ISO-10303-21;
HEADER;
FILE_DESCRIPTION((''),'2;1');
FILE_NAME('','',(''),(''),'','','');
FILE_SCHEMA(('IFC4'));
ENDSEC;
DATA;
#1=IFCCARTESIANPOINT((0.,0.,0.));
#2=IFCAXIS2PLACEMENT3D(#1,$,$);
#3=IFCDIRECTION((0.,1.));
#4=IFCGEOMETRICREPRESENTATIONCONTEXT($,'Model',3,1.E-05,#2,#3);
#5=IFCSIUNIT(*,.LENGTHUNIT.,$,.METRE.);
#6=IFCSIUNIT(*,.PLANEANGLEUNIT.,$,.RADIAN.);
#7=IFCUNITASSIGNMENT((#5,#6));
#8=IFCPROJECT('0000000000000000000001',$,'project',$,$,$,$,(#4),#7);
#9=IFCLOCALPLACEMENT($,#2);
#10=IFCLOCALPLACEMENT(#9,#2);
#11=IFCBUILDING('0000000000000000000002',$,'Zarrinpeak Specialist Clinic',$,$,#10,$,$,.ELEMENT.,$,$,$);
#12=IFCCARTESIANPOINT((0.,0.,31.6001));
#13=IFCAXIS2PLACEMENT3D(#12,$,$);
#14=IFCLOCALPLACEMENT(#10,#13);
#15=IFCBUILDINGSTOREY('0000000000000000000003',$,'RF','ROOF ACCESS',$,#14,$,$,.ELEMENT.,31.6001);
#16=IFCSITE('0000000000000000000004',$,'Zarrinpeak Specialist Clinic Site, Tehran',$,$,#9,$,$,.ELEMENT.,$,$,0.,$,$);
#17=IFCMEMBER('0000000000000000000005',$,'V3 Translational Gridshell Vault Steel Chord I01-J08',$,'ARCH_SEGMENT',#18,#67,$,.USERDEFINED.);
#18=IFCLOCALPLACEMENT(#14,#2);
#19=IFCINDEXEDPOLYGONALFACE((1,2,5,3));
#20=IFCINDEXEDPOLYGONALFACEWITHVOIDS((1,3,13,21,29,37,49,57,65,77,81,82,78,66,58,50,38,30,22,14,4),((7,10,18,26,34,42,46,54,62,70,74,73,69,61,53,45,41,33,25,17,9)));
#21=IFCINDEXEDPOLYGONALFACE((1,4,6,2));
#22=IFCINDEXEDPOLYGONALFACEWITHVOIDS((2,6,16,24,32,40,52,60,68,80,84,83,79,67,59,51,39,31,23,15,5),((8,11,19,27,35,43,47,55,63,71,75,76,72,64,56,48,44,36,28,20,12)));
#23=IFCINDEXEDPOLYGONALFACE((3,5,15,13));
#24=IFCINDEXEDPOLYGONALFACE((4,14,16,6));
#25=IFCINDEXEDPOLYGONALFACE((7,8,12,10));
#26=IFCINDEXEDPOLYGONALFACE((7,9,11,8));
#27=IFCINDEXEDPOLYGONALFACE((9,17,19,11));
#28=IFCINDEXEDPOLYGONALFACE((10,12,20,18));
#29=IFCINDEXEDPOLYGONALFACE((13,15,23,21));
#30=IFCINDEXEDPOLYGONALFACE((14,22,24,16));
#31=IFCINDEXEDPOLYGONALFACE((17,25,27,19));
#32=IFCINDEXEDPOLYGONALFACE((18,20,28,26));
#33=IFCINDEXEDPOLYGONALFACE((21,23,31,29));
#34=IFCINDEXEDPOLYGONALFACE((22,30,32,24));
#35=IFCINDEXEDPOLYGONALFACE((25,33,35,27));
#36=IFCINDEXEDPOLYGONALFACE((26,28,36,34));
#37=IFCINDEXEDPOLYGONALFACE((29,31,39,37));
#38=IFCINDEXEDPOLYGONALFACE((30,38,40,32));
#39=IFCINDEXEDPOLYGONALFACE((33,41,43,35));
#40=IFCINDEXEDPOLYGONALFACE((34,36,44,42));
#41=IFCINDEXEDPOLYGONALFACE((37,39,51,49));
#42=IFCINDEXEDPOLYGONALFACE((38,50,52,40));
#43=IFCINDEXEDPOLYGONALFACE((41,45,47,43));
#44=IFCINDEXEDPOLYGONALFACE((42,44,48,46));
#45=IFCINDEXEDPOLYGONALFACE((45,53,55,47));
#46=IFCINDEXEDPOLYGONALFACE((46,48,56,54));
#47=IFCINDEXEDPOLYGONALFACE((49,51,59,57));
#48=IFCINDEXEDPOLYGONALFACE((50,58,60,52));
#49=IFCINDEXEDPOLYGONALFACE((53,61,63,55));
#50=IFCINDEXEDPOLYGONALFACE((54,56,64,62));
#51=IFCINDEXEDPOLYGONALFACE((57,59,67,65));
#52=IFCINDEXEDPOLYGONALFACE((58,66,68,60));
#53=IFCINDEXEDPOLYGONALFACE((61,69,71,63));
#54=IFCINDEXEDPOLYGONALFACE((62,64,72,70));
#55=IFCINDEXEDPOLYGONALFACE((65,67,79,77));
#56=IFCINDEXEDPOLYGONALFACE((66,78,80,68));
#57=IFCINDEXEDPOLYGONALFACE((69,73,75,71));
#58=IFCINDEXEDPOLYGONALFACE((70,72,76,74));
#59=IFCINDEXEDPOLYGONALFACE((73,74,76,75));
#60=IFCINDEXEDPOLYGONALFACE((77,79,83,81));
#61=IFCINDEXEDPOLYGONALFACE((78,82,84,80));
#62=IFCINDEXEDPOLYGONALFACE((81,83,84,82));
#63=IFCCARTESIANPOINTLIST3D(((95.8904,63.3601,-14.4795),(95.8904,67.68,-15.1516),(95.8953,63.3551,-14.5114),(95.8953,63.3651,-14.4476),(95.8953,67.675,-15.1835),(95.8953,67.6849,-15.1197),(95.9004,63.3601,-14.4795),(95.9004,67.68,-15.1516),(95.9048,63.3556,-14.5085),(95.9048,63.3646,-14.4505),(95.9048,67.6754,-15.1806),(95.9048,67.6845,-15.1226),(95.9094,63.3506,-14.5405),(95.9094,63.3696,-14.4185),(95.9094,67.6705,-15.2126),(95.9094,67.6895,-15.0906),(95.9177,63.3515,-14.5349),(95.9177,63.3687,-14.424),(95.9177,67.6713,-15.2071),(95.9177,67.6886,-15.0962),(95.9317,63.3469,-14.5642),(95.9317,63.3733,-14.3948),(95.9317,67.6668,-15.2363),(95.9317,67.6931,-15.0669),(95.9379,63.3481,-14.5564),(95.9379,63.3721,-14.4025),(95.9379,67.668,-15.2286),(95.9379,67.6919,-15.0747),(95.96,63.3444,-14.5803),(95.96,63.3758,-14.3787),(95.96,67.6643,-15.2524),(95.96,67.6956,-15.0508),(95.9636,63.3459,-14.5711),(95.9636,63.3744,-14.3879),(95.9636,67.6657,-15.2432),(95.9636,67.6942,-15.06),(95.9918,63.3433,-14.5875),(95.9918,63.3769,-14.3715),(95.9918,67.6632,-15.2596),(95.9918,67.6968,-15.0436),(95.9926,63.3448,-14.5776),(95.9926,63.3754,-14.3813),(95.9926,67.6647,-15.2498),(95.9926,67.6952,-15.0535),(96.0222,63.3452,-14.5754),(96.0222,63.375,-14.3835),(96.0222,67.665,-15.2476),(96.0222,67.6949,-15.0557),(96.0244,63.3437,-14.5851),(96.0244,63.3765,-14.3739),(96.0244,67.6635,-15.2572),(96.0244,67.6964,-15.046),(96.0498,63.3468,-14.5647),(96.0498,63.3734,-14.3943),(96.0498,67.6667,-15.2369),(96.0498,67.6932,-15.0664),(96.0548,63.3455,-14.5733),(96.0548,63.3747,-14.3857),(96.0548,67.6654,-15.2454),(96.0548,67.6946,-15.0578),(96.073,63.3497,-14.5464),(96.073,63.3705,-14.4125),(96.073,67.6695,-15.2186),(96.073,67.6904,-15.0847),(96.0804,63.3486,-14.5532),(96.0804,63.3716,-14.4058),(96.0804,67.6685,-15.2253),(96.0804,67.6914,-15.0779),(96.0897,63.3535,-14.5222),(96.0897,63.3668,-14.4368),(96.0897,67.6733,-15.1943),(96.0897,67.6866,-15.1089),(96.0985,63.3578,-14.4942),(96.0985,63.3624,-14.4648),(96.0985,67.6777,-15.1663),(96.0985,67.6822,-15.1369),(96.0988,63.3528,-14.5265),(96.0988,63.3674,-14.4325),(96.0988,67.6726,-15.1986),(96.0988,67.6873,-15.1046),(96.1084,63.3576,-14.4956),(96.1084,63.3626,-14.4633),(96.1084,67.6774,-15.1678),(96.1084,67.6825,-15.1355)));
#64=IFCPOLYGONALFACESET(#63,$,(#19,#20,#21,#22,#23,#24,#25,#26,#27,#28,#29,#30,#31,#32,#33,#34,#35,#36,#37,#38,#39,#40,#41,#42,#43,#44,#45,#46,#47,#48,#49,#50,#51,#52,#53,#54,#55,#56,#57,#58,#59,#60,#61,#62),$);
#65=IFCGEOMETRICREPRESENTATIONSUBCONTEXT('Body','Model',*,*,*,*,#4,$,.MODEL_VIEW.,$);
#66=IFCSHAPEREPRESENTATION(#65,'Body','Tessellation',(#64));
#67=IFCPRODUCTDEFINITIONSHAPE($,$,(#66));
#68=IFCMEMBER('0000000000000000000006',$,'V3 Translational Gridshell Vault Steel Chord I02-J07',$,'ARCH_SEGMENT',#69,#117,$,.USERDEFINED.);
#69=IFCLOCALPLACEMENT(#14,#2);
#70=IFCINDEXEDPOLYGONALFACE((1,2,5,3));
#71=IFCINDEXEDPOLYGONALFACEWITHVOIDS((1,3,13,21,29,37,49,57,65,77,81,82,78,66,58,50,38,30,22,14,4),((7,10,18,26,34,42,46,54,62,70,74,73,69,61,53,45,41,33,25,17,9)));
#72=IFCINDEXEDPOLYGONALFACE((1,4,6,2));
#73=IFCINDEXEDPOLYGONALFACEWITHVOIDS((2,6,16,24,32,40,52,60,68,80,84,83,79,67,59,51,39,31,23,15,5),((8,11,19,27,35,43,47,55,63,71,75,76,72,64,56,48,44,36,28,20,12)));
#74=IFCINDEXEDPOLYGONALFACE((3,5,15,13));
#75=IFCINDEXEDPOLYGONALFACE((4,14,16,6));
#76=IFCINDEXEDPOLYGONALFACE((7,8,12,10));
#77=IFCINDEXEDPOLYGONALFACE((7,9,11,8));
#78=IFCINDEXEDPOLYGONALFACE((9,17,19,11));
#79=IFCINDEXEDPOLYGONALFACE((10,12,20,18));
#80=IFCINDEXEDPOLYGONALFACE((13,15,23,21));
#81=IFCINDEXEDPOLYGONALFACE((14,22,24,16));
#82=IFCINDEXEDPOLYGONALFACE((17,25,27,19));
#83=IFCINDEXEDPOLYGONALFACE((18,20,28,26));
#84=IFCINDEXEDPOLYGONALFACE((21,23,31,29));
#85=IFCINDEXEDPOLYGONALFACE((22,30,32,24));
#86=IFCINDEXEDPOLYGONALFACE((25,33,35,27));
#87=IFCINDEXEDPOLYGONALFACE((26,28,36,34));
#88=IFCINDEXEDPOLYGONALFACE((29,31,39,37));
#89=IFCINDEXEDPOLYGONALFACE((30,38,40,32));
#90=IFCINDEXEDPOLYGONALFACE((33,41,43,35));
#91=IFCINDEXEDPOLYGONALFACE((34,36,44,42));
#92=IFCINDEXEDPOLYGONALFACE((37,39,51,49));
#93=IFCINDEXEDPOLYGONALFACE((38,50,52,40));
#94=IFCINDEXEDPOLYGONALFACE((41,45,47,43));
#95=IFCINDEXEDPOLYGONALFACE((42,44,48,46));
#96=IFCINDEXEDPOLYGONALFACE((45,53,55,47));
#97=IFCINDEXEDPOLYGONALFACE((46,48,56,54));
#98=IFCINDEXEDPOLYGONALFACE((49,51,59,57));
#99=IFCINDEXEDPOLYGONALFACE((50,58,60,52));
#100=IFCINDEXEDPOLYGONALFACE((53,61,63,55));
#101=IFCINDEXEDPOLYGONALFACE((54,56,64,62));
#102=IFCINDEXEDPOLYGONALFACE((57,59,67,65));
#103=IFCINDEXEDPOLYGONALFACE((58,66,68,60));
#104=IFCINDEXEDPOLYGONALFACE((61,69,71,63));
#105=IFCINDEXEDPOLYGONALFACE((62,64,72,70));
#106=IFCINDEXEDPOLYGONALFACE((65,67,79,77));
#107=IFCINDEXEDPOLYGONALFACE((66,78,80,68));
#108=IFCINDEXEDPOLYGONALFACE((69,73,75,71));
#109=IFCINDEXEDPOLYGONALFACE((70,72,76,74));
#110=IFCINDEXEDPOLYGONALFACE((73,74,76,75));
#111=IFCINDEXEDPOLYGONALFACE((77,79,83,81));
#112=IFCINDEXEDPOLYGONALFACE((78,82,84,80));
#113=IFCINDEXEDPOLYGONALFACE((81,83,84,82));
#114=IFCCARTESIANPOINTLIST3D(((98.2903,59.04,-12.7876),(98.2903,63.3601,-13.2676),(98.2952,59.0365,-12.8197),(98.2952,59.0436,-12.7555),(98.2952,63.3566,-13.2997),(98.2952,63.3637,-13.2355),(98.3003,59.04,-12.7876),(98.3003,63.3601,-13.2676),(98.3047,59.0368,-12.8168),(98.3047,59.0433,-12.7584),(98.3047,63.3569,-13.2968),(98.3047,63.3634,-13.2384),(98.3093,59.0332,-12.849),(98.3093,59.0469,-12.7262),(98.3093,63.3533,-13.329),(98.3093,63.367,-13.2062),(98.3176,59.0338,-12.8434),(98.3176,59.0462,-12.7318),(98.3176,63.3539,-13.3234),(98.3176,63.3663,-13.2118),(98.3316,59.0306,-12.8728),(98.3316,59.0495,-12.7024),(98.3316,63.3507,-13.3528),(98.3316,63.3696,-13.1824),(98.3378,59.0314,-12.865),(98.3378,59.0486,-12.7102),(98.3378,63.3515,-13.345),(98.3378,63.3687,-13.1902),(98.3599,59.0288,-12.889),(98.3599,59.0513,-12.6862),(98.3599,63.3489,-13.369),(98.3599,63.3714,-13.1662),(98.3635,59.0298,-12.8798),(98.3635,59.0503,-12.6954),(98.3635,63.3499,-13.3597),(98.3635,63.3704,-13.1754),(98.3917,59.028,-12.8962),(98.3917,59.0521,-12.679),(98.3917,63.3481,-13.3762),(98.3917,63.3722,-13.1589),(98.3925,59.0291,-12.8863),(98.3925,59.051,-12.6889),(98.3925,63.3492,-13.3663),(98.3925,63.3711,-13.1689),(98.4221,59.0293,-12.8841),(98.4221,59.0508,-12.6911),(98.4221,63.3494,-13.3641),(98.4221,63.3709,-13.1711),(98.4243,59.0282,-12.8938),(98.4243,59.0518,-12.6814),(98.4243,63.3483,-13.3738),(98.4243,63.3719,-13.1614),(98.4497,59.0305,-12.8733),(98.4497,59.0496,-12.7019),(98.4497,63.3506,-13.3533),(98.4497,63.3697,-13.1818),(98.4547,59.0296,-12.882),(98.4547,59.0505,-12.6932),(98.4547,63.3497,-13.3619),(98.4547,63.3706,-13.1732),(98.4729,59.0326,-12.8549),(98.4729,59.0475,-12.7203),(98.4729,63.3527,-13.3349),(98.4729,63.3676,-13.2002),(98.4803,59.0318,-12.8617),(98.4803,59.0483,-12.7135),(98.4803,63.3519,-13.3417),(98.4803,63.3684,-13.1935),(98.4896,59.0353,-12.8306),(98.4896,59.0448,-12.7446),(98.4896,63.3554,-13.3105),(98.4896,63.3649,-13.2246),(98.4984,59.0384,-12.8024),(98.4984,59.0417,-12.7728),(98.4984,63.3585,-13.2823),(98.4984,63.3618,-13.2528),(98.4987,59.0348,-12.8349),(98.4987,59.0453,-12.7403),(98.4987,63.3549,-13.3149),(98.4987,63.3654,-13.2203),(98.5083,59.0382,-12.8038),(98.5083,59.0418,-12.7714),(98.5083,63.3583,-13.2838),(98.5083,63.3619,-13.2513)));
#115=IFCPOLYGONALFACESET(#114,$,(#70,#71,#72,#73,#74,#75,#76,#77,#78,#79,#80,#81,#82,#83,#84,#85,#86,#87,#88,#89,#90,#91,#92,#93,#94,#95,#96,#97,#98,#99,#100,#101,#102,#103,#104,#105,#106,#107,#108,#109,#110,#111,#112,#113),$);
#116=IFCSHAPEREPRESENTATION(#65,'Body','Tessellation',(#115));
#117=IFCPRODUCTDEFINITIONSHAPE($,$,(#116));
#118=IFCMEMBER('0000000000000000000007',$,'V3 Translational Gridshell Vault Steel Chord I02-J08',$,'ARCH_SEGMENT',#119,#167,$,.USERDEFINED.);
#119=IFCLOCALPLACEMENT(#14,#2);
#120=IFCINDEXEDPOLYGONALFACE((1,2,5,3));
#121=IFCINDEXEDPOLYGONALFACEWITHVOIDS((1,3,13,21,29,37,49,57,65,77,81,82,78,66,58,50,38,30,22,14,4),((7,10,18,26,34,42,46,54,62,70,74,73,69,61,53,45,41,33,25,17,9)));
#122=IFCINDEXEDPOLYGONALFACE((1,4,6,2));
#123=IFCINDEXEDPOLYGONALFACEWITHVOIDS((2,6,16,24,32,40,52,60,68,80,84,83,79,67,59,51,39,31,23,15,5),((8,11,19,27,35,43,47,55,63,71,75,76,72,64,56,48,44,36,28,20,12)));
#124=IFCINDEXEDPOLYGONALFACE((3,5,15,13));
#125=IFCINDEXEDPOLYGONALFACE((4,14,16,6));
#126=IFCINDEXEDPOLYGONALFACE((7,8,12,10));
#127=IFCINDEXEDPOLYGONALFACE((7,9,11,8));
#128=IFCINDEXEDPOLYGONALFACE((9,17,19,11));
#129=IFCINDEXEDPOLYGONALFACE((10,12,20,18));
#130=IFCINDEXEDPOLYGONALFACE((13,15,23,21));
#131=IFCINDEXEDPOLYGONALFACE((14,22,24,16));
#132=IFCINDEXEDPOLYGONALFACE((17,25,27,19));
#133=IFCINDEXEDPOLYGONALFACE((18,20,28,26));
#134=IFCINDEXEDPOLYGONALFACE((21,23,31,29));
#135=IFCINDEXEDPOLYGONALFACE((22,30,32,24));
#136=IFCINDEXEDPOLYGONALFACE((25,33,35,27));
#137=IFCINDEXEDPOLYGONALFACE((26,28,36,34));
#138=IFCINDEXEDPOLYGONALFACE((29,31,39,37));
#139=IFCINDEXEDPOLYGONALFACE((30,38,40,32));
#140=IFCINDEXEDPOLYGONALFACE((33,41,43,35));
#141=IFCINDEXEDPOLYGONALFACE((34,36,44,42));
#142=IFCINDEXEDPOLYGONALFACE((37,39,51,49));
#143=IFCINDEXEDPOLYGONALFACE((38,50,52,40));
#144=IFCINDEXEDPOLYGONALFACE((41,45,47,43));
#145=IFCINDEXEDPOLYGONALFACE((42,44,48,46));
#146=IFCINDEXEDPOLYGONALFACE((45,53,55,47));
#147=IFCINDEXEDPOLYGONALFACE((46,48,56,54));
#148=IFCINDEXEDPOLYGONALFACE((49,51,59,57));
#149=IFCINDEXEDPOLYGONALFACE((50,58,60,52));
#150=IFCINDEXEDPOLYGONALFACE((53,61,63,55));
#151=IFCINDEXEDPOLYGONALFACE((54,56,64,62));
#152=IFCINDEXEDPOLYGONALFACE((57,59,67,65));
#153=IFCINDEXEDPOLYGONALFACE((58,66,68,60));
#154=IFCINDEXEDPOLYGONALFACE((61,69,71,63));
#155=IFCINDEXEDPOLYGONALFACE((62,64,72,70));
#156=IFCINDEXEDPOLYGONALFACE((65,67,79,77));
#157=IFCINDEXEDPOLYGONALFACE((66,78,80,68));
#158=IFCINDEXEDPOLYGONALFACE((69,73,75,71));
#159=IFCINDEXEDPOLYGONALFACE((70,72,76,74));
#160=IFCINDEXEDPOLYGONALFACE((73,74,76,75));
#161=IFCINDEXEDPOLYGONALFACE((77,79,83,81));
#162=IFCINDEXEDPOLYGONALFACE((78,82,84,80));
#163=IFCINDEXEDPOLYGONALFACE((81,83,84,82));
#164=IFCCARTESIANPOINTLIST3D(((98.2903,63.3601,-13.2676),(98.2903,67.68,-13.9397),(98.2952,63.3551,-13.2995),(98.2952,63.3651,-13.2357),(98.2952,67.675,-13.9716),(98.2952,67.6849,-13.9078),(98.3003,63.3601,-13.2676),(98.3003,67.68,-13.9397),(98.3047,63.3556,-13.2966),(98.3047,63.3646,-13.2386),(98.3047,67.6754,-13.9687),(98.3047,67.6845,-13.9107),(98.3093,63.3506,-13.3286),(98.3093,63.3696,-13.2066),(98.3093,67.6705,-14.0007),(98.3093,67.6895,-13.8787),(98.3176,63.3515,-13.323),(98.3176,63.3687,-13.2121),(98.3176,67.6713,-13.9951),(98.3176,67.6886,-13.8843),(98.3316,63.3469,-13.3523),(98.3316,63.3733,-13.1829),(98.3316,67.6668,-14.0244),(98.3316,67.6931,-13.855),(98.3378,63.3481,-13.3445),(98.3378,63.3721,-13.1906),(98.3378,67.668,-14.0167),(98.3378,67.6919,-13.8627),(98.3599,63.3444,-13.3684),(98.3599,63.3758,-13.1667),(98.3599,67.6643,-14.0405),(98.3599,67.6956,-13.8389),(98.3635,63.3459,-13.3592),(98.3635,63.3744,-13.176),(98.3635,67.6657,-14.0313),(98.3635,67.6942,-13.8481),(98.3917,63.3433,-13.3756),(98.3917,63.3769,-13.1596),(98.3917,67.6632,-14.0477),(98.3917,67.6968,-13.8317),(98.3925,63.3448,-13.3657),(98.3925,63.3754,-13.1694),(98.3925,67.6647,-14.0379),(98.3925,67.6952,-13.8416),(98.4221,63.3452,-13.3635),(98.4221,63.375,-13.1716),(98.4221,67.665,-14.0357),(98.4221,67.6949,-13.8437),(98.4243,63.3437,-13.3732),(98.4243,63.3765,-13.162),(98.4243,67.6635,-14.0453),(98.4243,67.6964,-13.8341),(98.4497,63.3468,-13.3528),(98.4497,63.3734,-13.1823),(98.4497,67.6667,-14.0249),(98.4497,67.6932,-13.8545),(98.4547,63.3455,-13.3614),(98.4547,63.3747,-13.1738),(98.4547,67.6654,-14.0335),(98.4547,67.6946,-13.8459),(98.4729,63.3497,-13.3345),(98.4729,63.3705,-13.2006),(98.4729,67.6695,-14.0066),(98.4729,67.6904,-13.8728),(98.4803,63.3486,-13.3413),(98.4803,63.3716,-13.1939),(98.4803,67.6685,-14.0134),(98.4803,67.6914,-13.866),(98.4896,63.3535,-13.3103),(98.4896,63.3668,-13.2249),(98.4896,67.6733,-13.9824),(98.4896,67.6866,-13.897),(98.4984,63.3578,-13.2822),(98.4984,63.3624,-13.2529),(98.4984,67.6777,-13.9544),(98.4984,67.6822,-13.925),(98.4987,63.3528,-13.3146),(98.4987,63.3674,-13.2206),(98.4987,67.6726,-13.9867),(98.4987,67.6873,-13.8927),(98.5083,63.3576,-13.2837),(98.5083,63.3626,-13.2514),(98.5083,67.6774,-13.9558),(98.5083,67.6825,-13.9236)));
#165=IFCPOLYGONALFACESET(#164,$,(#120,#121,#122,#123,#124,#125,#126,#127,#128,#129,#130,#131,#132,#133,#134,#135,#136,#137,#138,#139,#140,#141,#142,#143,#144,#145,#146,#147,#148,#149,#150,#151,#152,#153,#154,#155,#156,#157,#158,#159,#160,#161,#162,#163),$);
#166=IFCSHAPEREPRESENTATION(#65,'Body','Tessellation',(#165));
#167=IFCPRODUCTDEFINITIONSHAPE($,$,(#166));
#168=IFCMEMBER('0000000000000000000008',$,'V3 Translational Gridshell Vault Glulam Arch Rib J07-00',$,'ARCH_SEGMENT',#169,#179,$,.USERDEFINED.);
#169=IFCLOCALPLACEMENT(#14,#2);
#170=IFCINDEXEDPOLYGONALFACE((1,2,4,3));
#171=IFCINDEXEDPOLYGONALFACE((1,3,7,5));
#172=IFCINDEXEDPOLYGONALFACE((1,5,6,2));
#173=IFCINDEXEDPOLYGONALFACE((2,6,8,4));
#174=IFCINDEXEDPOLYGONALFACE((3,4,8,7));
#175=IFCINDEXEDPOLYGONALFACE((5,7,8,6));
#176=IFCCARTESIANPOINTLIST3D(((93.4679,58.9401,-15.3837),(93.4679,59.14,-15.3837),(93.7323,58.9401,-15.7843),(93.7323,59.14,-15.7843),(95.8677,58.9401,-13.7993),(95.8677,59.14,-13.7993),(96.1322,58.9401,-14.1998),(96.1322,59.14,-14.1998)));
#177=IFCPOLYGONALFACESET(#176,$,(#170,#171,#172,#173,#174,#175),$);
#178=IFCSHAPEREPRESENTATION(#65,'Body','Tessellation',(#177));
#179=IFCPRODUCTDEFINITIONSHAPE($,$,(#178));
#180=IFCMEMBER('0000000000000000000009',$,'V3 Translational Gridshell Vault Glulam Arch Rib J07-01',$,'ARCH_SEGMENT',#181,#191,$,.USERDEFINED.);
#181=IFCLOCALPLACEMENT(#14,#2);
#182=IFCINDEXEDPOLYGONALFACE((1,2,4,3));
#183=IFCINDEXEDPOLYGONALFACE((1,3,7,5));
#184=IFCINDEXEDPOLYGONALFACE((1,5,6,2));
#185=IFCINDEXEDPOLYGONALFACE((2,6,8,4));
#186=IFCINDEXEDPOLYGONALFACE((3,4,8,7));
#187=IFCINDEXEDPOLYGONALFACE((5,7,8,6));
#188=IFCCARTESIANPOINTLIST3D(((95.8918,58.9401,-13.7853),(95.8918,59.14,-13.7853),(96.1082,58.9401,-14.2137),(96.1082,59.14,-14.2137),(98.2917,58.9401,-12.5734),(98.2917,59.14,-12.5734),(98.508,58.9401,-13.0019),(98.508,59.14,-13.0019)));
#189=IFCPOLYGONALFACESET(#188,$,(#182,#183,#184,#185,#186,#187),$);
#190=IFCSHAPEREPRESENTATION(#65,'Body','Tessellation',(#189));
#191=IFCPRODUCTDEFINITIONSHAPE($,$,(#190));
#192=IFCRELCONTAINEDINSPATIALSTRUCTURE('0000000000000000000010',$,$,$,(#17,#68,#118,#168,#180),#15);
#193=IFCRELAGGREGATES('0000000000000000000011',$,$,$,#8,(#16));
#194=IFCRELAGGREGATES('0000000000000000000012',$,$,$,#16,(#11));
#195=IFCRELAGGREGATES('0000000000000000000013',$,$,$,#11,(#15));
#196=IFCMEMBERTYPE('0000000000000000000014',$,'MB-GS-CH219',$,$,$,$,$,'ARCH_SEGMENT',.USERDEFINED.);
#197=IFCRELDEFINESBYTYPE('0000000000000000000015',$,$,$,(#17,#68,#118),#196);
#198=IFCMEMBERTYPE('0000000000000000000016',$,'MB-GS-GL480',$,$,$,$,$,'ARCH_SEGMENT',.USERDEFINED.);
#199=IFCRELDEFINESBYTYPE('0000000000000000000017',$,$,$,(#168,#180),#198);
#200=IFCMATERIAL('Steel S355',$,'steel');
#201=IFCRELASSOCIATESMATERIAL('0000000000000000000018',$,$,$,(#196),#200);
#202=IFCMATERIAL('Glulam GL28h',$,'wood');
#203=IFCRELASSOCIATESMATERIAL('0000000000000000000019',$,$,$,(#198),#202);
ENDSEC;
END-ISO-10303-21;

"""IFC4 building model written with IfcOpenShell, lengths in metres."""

from ifc_helpers import new_model, si_unit, direction, frame, origin, origin_2d, place, context, subcontext, project, spatial, rectangle, hollow_circle, extrude, material, material_profile, profile_set, type_object, element, save


model = new_model("IFC4")

# Units and contexts
model_context = context("Model", 3, precision=1e-05, world=origin(), true_north=direction((0.0, 1.0)))
body_context = subcontext(model_context, "Body", "Model", "MODEL_VIEW")
ifc_project = project(units=[si_unit("LENGTHUNIT", "METRE"), si_unit("PLANEANGLEUNIT", "RADIAN")], contexts=[model_context])

# Site, building, storey
site_placement = place(None, origin())
site = spatial("IfcSite", under=ifc_project, at=site_placement, Name="Zarrinpeak Specialist Clinic Site, Tehran", CompositionType="ELEMENT", RefElevation=0.0)
building_placement = place(site_placement, origin())
building = spatial("IfcBuilding", under=site, at=building_placement, Name="Zarrinpeak Specialist Clinic", CompositionType="ELEMENT")
storey_placement = place(building_placement, frame((0.0, 0.0, 31.6001)))
storey = spatial("IfcBuildingStorey", under=building, at=storey_placement, Name="RF", Description="ROOF ACCESS", CompositionType="ELEMENT", Elevation=31.6001)

# Members
ifc_material_1 = material(Name="Steel S355", Category="steel")
ifc_material_profile_1 = material_profile(ifc_material_1, hollow_circle(Radius=0.1096, WallThickness=0.01, at=origin_2d()), Name="CHS 219.1x10.0")
ifc_profile_set_1 = profile_set([ifc_material_profile_1], Name="Steel S355")
member_type_1 = type_object("IfcMemberType", Name="MB-GS-CH219", ElementType="ARCH_SEGMENT", PredefinedType="USERDEFINED", material=ifc_profile_set_1)
member_1_placement = place(storey_placement, frame((96.0, 63.3601, -14.4795), z_axis=(0.0, 0.988111, -0.15374), x_axis=(-1.0, 0.0, 0.0)))
element("IfcMember", 1, at=member_1_placement, inside=storey, type_object=member_type_1, Name="V3 Translational Gridshell Vault Steel Chord I01-J08", ObjectType="ARCH_SEGMENT", PredefinedType="USERDEFINED", context=body_context, shape_type="SweptSolid", body=[
    extrude(hollow_circle(Radius=0.1096, WallThickness=0.01, at=origin_2d()), origin(), (0.0, 0.0, 1.0), 4.3718),
])
member_2_placement = place(storey_placement, frame((98.3999, 59.04, -12.7876), z_axis=(0.0, 0.993884, -0.110425), x_axis=(-1.0, 0.0, 0.0)))
element("IfcMember", 2, at=member_2_placement, inside=storey, type_object=member_type_1, Name="V3 Translational Gridshell Vault Steel Chord I02-J07", ObjectType="ARCH_SEGMENT", PredefinedType="USERDEFINED", context=body_context, shape_type="SweptSolid", body=[
    extrude(hollow_circle(Radius=0.1096, WallThickness=0.01, at=origin_2d()), origin(), (0.0, 0.0, 1.0), 4.3467),
])
member_3_placement = place(storey_placement, frame((98.3999, 63.3601, -13.2676), z_axis=(0.0, 0.988111, -0.15374), x_axis=(-1.0, 0.0, 0.0)))
element("IfcMember", 3, at=member_3_placement, inside=storey, type_object=member_type_1, Name="V3 Translational Gridshell Vault Steel Chord I02-J08", ObjectType="ARCH_SEGMENT", PredefinedType="USERDEFINED", context=body_context, shape_type="SweptSolid", body=[
    extrude(hollow_circle(Radius=0.1096, WallThickness=0.01, at=origin_2d()), origin(), (0.0, 0.0, 1.0), 4.3718),
])
ifc_material_2 = material(Name="Glulam GL28h", Category="wood")
ifc_material_profile_2 = material_profile(ifc_material_2, rectangle(XDim=0.2, YDim=0.48, at=origin_2d()), Name="GL28h 200x480")
ifc_profile_set_2 = profile_set([ifc_material_profile_2], Name="Glulam GL28h")
member_type_2 = type_object("IfcMemberType", Name="MB-GS-GL480", ElementType="ARCH_SEGMENT", PredefinedType="USERDEFINED", material=ifc_profile_set_2)
member_4_placement = place(storey_placement, frame((93.6001, 59.04, -15.584), z_axis=(0.834524, 0.0, 0.550972), x_axis=(0.0, 1.0, 0.0)))
element("IfcMember", 4, at=member_4_placement, inside=storey, type_object=member_type_2, Name="V3 Translational Gridshell Vault Glulam Arch Rib J07-00", ObjectType="ARCH_SEGMENT", PredefinedType="USERDEFINED", context=body_context, shape_type="SweptSolid", body=[
    extrude(rectangle(XDim=0.2, YDim=0.48, at=origin_2d()), origin(), (0.0, 0.0, 1.0), 2.8757),
])
member_5_placement = place(storey_placement, frame((96.0, 59.04, -13.9995), z_axis=(0.89264, 0.0, 0.45077), x_axis=(0.0, 1.0, 0.0)))
element("IfcMember", 5, at=member_5_placement, inside=storey, type_object=member_type_2, Name="V3 Translational Gridshell Vault Glulam Arch Rib J07-01", ObjectType="ARCH_SEGMENT", PredefinedType="USERDEFINED", context=body_context, shape_type="SweptSolid", body=[
    extrude(rectangle(XDim=0.2, YDim=0.48, at=origin_2d()), origin(), (0.0, 0.0, 1.0), 2.6885),
])

save(model, "model.ifc")
